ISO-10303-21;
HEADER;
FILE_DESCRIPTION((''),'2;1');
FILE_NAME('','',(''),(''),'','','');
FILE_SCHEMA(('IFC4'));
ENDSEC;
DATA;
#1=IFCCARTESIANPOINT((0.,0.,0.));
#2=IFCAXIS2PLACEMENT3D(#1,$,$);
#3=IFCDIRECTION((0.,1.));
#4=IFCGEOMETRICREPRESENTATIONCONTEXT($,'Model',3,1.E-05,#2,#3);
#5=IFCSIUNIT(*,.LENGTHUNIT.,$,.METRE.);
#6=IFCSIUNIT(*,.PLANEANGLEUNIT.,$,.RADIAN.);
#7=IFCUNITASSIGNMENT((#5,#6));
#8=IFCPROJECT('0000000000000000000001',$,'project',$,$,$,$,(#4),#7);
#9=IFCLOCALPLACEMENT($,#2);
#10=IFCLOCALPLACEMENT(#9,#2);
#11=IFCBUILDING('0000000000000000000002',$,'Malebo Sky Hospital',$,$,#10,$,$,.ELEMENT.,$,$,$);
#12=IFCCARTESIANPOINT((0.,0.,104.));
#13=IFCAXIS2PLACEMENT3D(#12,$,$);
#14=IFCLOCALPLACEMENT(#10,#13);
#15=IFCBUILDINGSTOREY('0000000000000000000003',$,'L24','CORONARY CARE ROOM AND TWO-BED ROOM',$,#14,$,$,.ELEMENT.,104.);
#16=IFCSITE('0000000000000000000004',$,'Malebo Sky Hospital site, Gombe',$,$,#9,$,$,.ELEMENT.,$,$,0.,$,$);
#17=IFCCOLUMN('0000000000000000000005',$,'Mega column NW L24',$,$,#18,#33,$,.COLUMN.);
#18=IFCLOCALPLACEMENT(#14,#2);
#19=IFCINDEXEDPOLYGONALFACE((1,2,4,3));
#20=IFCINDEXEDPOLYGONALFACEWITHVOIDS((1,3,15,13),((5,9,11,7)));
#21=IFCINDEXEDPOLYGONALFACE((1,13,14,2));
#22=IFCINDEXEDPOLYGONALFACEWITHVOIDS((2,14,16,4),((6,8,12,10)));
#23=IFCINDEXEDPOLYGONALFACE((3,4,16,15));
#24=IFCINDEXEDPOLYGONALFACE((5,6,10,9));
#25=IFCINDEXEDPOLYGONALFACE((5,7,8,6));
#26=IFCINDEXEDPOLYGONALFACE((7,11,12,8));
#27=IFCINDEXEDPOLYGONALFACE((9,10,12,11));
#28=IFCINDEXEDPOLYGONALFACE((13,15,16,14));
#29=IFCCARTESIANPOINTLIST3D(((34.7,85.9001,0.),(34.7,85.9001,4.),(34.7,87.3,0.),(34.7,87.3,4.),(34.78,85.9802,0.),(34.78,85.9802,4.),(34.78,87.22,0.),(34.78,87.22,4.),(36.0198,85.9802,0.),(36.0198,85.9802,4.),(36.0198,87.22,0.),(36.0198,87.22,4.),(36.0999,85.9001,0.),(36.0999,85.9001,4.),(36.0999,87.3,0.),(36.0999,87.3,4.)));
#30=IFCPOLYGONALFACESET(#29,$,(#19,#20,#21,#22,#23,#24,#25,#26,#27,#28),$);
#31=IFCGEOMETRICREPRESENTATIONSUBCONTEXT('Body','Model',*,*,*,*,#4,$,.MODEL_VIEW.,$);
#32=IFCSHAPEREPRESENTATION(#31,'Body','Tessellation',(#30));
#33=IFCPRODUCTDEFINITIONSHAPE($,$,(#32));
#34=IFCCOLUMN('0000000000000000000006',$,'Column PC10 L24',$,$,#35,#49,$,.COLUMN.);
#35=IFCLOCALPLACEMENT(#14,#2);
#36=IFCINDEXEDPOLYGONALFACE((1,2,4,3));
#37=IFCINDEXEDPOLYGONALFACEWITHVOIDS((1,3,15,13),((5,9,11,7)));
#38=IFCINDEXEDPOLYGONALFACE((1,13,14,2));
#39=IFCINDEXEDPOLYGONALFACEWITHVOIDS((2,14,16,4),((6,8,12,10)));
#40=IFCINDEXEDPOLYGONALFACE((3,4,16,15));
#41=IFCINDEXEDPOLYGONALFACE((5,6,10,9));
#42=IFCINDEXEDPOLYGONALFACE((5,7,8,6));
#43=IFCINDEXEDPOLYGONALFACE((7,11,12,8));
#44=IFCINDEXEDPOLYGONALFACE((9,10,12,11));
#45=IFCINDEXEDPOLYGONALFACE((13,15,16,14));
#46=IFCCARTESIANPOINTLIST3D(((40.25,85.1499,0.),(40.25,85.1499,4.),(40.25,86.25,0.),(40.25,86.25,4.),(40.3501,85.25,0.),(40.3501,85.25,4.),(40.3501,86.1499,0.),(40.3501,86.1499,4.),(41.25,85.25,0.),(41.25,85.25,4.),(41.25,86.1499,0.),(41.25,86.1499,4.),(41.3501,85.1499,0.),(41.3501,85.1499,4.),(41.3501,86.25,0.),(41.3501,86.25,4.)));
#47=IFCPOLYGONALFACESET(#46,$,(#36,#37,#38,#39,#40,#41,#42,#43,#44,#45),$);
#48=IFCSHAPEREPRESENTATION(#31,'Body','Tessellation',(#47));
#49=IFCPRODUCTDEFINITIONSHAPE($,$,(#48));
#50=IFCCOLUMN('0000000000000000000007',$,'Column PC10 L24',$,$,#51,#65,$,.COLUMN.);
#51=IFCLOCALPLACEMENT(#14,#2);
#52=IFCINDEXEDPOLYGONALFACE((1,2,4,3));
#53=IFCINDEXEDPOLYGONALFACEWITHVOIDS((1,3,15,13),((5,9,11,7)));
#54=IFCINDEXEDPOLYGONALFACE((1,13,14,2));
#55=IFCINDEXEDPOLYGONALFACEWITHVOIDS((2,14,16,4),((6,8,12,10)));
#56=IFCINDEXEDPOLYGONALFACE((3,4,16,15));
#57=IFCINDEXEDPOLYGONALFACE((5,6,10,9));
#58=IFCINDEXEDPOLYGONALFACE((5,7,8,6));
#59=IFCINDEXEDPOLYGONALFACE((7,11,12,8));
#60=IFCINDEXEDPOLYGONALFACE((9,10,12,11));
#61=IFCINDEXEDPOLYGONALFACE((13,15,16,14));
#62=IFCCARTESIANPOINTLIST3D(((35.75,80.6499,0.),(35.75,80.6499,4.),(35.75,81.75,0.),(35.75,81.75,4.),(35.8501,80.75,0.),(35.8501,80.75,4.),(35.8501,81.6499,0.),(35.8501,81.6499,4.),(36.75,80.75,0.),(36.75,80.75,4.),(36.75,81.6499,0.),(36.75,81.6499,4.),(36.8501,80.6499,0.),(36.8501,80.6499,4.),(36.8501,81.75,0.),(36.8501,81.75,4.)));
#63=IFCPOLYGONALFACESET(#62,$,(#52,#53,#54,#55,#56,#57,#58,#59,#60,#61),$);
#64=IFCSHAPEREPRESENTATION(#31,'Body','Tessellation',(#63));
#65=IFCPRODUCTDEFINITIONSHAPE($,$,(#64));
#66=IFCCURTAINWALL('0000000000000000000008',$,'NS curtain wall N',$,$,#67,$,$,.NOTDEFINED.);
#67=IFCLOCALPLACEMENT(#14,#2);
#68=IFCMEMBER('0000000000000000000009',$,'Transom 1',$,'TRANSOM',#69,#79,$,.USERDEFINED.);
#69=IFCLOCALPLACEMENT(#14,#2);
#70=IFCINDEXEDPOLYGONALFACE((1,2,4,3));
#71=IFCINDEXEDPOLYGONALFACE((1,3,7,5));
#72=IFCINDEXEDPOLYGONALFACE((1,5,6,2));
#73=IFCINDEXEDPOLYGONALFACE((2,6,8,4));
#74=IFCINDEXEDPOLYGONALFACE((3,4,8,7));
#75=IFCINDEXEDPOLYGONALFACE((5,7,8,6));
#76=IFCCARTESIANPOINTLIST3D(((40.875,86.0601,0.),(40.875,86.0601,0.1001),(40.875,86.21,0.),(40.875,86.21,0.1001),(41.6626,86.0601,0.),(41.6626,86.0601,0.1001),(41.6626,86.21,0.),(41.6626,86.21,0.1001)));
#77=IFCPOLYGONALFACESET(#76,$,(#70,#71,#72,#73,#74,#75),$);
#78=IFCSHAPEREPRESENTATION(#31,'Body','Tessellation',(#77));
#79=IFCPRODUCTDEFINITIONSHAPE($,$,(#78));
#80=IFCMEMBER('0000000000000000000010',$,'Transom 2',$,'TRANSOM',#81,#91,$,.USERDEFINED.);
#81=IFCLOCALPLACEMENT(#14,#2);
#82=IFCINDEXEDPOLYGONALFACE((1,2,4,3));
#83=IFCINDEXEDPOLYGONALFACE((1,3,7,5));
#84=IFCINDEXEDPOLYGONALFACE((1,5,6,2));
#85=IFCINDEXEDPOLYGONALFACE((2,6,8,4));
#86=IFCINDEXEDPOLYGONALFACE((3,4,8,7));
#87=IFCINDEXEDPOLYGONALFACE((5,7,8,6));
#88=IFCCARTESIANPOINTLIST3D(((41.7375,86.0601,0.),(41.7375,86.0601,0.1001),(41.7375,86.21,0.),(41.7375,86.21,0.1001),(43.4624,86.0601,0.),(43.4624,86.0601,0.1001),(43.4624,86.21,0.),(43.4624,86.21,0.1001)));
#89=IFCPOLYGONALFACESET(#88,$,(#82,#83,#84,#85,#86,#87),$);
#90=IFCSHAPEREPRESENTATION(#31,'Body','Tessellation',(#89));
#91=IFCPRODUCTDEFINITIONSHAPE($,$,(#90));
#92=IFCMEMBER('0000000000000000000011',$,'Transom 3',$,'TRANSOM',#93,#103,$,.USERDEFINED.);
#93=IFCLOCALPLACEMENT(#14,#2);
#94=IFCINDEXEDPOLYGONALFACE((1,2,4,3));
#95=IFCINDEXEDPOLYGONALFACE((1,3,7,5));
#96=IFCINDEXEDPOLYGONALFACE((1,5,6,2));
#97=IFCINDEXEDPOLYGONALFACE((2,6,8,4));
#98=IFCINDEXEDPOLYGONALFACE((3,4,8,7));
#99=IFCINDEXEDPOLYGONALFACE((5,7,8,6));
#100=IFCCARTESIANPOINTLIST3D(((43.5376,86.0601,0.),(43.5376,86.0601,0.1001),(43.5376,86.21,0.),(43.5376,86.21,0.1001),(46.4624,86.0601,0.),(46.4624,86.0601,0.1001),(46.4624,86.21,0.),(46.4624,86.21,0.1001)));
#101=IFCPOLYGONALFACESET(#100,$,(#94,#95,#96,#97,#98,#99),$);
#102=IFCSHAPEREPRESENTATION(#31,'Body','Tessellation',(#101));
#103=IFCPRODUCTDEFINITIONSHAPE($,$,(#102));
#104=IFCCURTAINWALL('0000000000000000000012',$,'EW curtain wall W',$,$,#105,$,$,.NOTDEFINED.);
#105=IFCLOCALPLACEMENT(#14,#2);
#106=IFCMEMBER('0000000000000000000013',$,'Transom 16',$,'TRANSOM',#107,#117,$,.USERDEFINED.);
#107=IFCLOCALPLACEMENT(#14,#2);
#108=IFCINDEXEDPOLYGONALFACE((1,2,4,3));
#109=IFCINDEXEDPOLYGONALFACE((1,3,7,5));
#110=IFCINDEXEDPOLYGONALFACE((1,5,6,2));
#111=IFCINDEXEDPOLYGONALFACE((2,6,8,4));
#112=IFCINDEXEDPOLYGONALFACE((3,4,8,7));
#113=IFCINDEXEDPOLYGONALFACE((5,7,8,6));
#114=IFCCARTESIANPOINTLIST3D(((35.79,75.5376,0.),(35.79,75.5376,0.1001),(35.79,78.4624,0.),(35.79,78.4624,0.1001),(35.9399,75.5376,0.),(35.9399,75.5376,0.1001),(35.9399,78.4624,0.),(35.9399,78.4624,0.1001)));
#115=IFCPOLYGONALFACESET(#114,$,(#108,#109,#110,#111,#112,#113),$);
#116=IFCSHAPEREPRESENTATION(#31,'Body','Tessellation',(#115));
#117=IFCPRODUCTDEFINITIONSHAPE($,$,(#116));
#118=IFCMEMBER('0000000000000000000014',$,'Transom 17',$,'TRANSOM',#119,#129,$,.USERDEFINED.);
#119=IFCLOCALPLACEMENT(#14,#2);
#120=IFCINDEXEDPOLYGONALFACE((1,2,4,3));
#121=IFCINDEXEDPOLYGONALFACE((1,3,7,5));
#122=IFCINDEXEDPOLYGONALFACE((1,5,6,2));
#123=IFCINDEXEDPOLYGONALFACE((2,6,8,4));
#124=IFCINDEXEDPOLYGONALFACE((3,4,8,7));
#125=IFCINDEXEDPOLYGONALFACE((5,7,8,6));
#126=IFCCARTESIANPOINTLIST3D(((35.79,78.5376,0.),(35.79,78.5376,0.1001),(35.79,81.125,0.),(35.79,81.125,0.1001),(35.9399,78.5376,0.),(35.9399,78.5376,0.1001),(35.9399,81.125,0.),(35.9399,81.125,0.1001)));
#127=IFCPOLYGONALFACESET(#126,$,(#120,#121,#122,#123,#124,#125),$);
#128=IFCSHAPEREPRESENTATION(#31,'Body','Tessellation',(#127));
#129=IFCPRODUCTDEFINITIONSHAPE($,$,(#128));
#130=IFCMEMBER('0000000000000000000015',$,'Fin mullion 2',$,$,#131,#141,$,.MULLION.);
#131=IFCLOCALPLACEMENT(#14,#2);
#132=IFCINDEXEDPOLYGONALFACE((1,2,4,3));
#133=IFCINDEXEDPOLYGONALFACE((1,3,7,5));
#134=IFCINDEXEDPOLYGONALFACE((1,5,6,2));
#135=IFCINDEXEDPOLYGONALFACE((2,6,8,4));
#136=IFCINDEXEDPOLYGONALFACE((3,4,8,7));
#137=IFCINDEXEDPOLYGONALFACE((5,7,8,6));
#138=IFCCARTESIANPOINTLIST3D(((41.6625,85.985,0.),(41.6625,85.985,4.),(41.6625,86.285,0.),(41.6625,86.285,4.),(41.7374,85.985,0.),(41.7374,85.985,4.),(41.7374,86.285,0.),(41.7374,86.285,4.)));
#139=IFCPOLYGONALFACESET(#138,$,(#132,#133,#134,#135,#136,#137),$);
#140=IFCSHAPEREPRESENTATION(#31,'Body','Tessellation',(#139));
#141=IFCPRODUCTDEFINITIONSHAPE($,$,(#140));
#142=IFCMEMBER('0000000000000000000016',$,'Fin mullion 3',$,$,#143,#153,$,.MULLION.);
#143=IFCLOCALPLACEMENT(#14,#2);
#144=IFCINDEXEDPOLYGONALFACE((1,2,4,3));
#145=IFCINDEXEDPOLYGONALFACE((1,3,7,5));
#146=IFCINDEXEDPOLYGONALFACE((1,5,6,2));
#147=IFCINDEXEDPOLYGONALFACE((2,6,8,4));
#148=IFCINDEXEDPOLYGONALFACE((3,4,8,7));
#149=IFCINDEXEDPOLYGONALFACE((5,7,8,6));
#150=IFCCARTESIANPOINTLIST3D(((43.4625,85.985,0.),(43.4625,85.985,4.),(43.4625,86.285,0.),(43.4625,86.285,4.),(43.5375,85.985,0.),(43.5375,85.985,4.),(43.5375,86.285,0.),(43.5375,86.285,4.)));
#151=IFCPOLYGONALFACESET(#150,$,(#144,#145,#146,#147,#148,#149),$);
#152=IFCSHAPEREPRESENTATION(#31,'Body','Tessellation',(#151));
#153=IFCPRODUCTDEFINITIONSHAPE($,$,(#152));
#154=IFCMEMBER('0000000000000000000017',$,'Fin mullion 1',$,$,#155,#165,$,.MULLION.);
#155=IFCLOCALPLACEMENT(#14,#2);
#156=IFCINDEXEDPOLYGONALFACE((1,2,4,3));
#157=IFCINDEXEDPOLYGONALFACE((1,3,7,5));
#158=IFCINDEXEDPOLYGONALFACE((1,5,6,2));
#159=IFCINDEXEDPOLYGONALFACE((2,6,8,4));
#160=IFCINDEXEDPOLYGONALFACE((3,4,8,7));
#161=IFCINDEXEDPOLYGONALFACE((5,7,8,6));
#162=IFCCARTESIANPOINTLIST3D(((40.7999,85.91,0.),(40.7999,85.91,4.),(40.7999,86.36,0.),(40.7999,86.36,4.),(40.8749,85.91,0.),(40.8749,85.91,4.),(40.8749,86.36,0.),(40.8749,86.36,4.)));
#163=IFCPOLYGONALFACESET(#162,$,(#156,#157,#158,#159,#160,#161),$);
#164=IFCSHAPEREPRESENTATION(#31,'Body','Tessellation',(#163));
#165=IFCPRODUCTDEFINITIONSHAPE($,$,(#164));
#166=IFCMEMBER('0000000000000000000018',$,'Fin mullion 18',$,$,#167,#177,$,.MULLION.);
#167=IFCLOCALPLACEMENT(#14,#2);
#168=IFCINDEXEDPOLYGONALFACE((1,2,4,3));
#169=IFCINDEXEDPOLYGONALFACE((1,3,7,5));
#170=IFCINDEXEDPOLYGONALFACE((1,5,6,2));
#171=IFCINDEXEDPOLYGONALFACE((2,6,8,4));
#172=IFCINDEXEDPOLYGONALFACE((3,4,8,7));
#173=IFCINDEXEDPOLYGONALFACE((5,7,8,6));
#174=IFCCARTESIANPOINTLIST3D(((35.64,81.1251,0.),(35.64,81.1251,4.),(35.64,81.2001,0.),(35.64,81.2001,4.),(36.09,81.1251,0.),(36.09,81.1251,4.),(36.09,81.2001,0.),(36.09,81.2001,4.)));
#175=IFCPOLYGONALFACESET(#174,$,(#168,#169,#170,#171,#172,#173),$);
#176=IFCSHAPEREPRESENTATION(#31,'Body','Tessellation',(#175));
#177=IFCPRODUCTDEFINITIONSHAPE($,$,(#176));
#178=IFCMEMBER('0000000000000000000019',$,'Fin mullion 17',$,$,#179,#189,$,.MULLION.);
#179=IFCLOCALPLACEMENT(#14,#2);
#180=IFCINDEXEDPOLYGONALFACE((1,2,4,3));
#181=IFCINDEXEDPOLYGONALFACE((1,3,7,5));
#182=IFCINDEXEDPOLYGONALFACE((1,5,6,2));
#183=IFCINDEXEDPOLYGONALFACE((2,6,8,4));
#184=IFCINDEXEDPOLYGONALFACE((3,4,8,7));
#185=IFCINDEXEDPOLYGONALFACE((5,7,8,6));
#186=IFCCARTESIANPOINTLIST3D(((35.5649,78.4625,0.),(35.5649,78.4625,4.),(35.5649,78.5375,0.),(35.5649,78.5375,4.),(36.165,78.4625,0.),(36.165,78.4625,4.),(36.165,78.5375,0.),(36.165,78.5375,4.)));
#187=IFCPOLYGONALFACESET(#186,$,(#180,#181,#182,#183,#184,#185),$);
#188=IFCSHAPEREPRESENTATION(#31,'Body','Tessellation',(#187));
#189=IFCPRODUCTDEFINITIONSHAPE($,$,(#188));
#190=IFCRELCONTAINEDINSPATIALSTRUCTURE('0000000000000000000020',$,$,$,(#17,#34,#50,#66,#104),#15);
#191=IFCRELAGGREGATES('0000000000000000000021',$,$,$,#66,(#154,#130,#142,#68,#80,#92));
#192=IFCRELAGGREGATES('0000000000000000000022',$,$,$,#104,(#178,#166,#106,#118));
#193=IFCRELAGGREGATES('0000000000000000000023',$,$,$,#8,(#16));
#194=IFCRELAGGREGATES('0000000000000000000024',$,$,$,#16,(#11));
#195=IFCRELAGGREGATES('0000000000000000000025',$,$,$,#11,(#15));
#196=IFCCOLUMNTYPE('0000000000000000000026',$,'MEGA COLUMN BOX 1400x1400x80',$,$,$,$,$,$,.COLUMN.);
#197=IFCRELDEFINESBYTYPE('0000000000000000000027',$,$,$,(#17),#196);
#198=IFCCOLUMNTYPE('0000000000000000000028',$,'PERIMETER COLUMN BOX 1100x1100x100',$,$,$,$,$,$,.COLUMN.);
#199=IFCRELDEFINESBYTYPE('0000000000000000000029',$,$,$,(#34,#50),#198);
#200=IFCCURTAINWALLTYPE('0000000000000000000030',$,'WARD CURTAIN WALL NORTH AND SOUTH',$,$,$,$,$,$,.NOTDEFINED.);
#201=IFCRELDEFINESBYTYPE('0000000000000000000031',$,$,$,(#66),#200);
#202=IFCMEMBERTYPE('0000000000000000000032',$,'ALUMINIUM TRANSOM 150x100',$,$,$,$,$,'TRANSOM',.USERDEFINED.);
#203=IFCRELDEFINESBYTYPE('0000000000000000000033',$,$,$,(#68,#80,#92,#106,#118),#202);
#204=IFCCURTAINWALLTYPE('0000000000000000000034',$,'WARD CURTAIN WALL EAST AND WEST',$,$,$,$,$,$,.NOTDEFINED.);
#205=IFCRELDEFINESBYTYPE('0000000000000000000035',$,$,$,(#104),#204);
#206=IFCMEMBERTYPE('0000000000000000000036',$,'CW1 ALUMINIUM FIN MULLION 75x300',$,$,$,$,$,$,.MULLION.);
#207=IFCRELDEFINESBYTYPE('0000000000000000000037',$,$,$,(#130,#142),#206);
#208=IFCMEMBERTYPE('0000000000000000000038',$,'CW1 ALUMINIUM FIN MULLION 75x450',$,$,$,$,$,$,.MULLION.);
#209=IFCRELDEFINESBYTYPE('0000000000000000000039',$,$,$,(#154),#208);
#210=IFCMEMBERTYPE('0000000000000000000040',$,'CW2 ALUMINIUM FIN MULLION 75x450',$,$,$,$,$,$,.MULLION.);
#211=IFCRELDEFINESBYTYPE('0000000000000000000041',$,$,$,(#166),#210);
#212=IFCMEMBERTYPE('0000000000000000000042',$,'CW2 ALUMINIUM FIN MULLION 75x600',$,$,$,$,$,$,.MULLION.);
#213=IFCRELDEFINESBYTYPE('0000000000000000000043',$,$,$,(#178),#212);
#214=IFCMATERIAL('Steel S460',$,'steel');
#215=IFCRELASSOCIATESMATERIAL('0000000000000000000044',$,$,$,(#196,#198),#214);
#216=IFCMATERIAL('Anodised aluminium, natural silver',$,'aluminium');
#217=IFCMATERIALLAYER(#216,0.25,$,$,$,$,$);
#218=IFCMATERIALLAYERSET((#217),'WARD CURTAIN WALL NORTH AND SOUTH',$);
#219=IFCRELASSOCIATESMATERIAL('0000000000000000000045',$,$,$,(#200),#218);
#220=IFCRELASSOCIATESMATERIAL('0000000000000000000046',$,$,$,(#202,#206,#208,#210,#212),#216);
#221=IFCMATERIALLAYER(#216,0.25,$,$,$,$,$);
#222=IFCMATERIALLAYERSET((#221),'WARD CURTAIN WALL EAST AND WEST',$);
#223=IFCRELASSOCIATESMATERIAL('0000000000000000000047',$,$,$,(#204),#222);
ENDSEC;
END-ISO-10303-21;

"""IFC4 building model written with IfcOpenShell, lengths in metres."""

from ifc_helpers import new_model, si_unit, direction, frame, origin, origin_2d, place, context, subcontext, project, spatial, rectangle, hollow_rectangle, extrude, material, layer, layer_set, material_profile, profile_set, type_object, element, aggregate, save


model = new_model("IFC4")

# Units and contexts
model_context = context("Model", 3, precision=1e-05, world=origin(), true_north=direction((0.0, 1.0)))
body_context = subcontext(model_context, "Body", "Model", "MODEL_VIEW")
ifc_project = project(units=[si_unit("LENGTHUNIT", "METRE"), si_unit("PLANEANGLEUNIT", "RADIAN")], contexts=[model_context])

# Site, building, storey
site_placement = place(None, origin())
site = spatial("IfcSite", under=ifc_project, at=site_placement, Name="Malebo Sky Hospital site, Gombe", CompositionType="ELEMENT", RefElevation=0.0)
building_placement = place(site_placement, origin())
building = spatial("IfcBuilding", under=site, at=building_placement, Name="Malebo Sky Hospital", CompositionType="ELEMENT")
storey_placement = place(building_placement, frame((0.0, 0.0, 104.0)))
storey = spatial("IfcBuildingStorey", under=building, at=storey_placement, Name="L24", Description="CORONARY CARE ROOM AND TWO-BED ROOM", CompositionType="ELEMENT", Elevation=104.0)

# Columns
ifc_material_1 = material(Name="Steel S460", Category="steel")
ifc_material_profile_1 = material_profile(ifc_material_1, hollow_rectangle(XDim=1.3999, YDim=1.3999, WallThickness=0.0801, at=origin_2d()), Name="BOX 1400x1400x80")
ifc_profile_set_1 = profile_set([ifc_material_profile_1], Name="Steel S460")
column_type_1 = type_object("IfcColumnType", Name="MEGA COLUMN BOX 1400x1400x80", PredefinedType="COLUMN", material=ifc_profile_set_1)
column_placement = place(storey_placement, frame((35.3999, 86.6001, 0.0), z_axis=(0.0, 0.0, 1.0), x_axis=(1.0, 0.0, 0.0)))
element("IfcColumn", 1, at=column_placement, inside=storey, type_object=column_type_1, Name="Mega column NW L24", PredefinedType="COLUMN", context=body_context, shape_type="SweptSolid", body=[
    extrude(hollow_rectangle(XDim=1.3999, YDim=1.3999, WallThickness=0.0801, at=origin_2d()), origin(), (0.0, 0.0, 1.0), 4.0),
])
ifc_material_profile_2 = material_profile(ifc_material_1, hollow_rectangle(XDim=1.1001, YDim=1.1001, WallThickness=0.1001, at=origin_2d()), Name="BOX 1100x1100x100")
ifc_profile_set_2 = profile_set([ifc_material_profile_2], Name="Steel S460")
column_type_2 = type_object("IfcColumnType", Name="PERIMETER COLUMN BOX 1100x1100x100", PredefinedType="COLUMN", material=ifc_profile_set_2)
for number, where, z_axis, x_axis, name in (
    (2, (40.8, 85.7, 0.0), (0.0, 0.0, 1.0), (1.0, 0.0, 0.0), "Column PC10 L24"),
    (3, (36.3, 81.2, 0.0), (0.0, 0.0, 1.0), (1.0, 0.0, 0.0), "Column PC10 L24"),
):
    element("IfcColumn", number, at=place(storey_placement, frame(where, z_axis=z_axis, x_axis=x_axis)), inside=storey, type_object=column_type_2, Name=name, PredefinedType="COLUMN", context=body_context, shape_type="SweptSolid", body=[
        extrude(hollow_rectangle(XDim=1.1001, YDim=1.1001, WallThickness=0.1001, at=origin_2d()), origin(), (0.0, 0.0, 1.0), 4.0),
    ])

# Curtain walls, members
ifc_material_2 = material(Name="Anodised aluminium, natural silver", Category="aluminium")
ifc_layer_1 = layer(ifc_material_2, 0.25)
ifc_layer_set_1 = layer_set([ifc_layer_1], Name="WARD CURTAIN WALL NORTH AND SOUTH")
curtain_wall_type_1 = type_object("IfcCurtainWallType", Name="WARD CURTAIN WALL NORTH AND SOUTH", PredefinedType="NOTDEFINED", material=ifc_layer_set_1)
curtain_wall_1_placement = place(storey_placement, origin())
curtain_wall_1 = element("IfcCurtainWall", 4, at=curtain_wall_1_placement, inside=storey, type_object=curtain_wall_type_1, Name="NS curtain wall N", PredefinedType="NOTDEFINED")
ifc_material_profile_3 = material_profile(ifc_material_2, rectangle(XDim=0.1499, YDim=0.1001, at=origin_2d()), Name="ALUMINIUM TRANSOM 150x100")
ifc_profile_set_3 = profile_set([ifc_material_profile_3], Name="Anodised aluminium, natural silver")
member_type_1 = type_object("IfcMemberType", Name="ALUMINIUM TRANSOM 150x100", ElementType="TRANSOM", PredefinedType="USERDEFINED", material=ifc_profile_set_3)
member_1_placement = place(storey_placement, frame((40.875, 86.135, 0.05), z_axis=(1.0, 0.0, 0.0), x_axis=(0.0, 1.0, 0.0)))
member_1 = element("IfcMember", 5, at=member_1_placement, type_object=member_type_1, Name="Transom 1", ObjectType="TRANSOM", PredefinedType="USERDEFINED", context=body_context, shape_type="SweptSolid", body=[
    extrude(rectangle(XDim=0.1499, YDim=0.1001, at=origin_2d()), origin(), (0.0, 0.0, 1.0), 0.7876),
])
member_2_placement = place(storey_placement, frame((41.7375, 86.135, 0.05), z_axis=(1.0, 0.0, 0.0), x_axis=(0.0, 1.0, 0.0)))
member_2 = element("IfcMember", 6, at=member_2_placement, type_object=member_type_1, Name="Transom 2", ObjectType="TRANSOM", PredefinedType="USERDEFINED", context=body_context, shape_type="SweptSolid", body=[
    extrude(rectangle(XDim=0.1499, YDim=0.1001, at=origin_2d()), origin(), (0.0, 0.0, 1.0), 1.7249),
])
member_3_placement = place(storey_placement, frame((43.5376, 86.135, 0.05), z_axis=(1.0, 0.0, 0.0), x_axis=(0.0, 1.0, 0.0)))
member_3 = element("IfcMember", 7, at=member_3_placement, type_object=member_type_1, Name="Transom 3", ObjectType="TRANSOM", PredefinedType="USERDEFINED", context=body_context, shape_type="SweptSolid", body=[
    extrude(rectangle(XDim=0.1499, YDim=0.1001, at=origin_2d()), origin(), (0.0, 0.0, 1.0), 2.9248),
])
ifc_layer_2 = layer(ifc_material_2, 0.25)
ifc_layer_set_2 = layer_set([ifc_layer_2], Name="WARD CURTAIN WALL EAST AND WEST")
curtain_wall_type_2 = type_object("IfcCurtainWallType", Name="WARD CURTAIN WALL EAST AND WEST", PredefinedType="NOTDEFINED", material=ifc_layer_set_2)
curtain_wall_2_placement = place(storey_placement, origin())
curtain_wall_2 = element("IfcCurtainWall", 8, at=curtain_wall_2_placement, inside=storey, type_object=curtain_wall_type_2, Name="EW curtain wall W", PredefinedType="NOTDEFINED")
member_4_placement = place(storey_placement, frame((35.865, 75.5376, 0.05), z_axis=(0.0, 1.0, 0.0), x_axis=(-1.0, 0.0, 0.0)))
member_4 = element("IfcMember", 9, at=member_4_placement, type_object=member_type_1, Name="Transom 16", ObjectType="TRANSOM", PredefinedType="USERDEFINED", context=body_context, shape_type="SweptSolid", body=[
    extrude(rectangle(XDim=0.1499, YDim=0.1001, at=origin_2d()), origin(), (0.0, 0.0, 1.0), 2.9248),
])
member_5_placement = place(storey_placement, frame((35.865, 78.5376, 0.05), z_axis=(0.0, 1.0, 0.0), x_axis=(-1.0, 0.0, 0.0)))
member_5 = element("IfcMember", 10, at=member_5_placement, type_object=member_type_1, Name="Transom 17", ObjectType="TRANSOM", PredefinedType="USERDEFINED", context=body_context, shape_type="SweptSolid", body=[
    extrude(rectangle(XDim=0.1499, YDim=0.1001, at=origin_2d()), origin(), (0.0, 0.0, 1.0), 2.5874),
])

# Members
ifc_material_profile_4 = material_profile(ifc_material_2, rectangle(XDim=0.075, YDim=0.3, at=origin_2d()), Name="CW1 ALUMINIUM FIN MULLION 75x300")
ifc_profile_set_4 = profile_set([ifc_material_profile_4], Name="Anodised aluminium, natural silver")
member_type_2 = type_object("IfcMemberType", Name="CW1 ALUMINIUM FIN MULLION 75x300", PredefinedType="MULLION", material=ifc_profile_set_4)
member_6_placement = place(storey_placement, frame((41.7, 86.135, 0.0), z_axis=(0.0, 0.0, 1.0), x_axis=(1.0, 0.0, 0.0)))
member_6 = element("IfcMember", 11, at=member_6_placement, type_object=member_type_2, Name="Fin mullion 2", PredefinedType="MULLION", context=body_context, shape_type="SweptSolid", body=[
    extrude(rectangle(XDim=0.075, YDim=0.3, at=origin_2d()), origin(), (0.0, 0.0, 1.0), 4.0),
])
member_7_placement = place(storey_placement, frame((43.5, 86.135, 0.0), z_axis=(0.0, 0.0, 1.0), x_axis=(1.0, 0.0, 0.0)))
member_7 = element("IfcMember", 12, at=member_7_placement, type_object=member_type_2, Name="Fin mullion 3", PredefinedType="MULLION", context=body_context, shape_type="SweptSolid", body=[
    extrude(rectangle(XDim=0.075, YDim=0.3, at=origin_2d()), origin(), (0.0, 0.0, 1.0), 4.0),
])
ifc_material_profile_5 = material_profile(ifc_material_2, rectangle(XDim=0.075, YDim=0.45, at=origin_2d()), Name="CW1 ALUMINIUM FIN MULLION 75x450")
ifc_profile_set_5 = profile_set([ifc_material_profile_5], Name="Anodised aluminium, natural silver")
member_type_3 = type_object("IfcMemberType", Name="CW1 ALUMINIUM FIN MULLION 75x450", PredefinedType="MULLION", material=ifc_profile_set_5)
member_8_placement = place(storey_placement, frame((40.8374, 86.135, 0.0), z_axis=(0.0, 0.0, 1.0), x_axis=(1.0, 0.0, 0.0)))
member_8 = element("IfcMember", 13, at=member_8_placement, type_object=member_type_3, Name="Fin mullion 1", PredefinedType="MULLION", context=body_context, shape_type="SweptSolid", body=[
    extrude(rectangle(XDim=0.075, YDim=0.45, at=origin_2d()), origin(), (0.0, 0.0, 1.0), 4.0),
])
ifc_material_profile_6 = material_profile(ifc_material_2, rectangle(XDim=0.075, YDim=0.45, at=origin_2d()), Name="CW2 ALUMINIUM FIN MULLION 75x450")
ifc_profile_set_6 = profile_set([ifc_material_profile_6], Name="Anodised aluminium, natural silver")
member_type_4 = type_object("IfcMemberType", Name="CW2 ALUMINIUM FIN MULLION 75x450", PredefinedType="MULLION", material=ifc_profile_set_6)
member_9_placement = place(storey_placement, frame((35.865, 81.1626, 0.0), z_axis=(0.0, 0.0, 1.0), x_axis=(0.0, 1.0, 0.0)))
member_9 = element("IfcMember", 14, at=member_9_placement, type_object=member_type_4, Name="Fin mullion 18", PredefinedType="MULLION", context=body_context, shape_type="SweptSolid", body=[
    extrude(rectangle(XDim=0.075, YDim=0.45, at=origin_2d()), origin(), (0.0, 0.0, 1.0), 4.0),
])
ifc_material_profile_7 = material_profile(ifc_material_2, rectangle(XDim=0.075, YDim=0.6001, at=origin_2d()), Name="CW2 ALUMINIUM FIN MULLION 75x600")
ifc_profile_set_7 = profile_set([ifc_material_profile_7], Name="Anodised aluminium, natural silver")
member_type_5 = type_object("IfcMemberType", Name="CW2 ALUMINIUM FIN MULLION 75x600", PredefinedType="MULLION", material=ifc_profile_set_7)
member_10_placement = place(storey_placement, frame((35.865, 78.5, 0.0), z_axis=(0.0, 0.0, 1.0), x_axis=(0.0, 1.0, 0.0)))
member_10 = element("IfcMember", 15, at=member_10_placement, type_object=member_type_5, Name="Fin mullion 17", PredefinedType="MULLION", context=body_context, shape_type="SweptSolid", body=[
    extrude(rectangle(XDim=0.075, YDim=0.6001, at=origin_2d()), origin(), (0.0, 0.0, 1.0), 4.0),
])

aggregate(curtain_wall_1, [member_8, member_6, member_7, member_1, member_2, member_3])
aggregate(curtain_wall_2, [member_10, member_9, member_4, member_5])

save(model, "model.ifc")
